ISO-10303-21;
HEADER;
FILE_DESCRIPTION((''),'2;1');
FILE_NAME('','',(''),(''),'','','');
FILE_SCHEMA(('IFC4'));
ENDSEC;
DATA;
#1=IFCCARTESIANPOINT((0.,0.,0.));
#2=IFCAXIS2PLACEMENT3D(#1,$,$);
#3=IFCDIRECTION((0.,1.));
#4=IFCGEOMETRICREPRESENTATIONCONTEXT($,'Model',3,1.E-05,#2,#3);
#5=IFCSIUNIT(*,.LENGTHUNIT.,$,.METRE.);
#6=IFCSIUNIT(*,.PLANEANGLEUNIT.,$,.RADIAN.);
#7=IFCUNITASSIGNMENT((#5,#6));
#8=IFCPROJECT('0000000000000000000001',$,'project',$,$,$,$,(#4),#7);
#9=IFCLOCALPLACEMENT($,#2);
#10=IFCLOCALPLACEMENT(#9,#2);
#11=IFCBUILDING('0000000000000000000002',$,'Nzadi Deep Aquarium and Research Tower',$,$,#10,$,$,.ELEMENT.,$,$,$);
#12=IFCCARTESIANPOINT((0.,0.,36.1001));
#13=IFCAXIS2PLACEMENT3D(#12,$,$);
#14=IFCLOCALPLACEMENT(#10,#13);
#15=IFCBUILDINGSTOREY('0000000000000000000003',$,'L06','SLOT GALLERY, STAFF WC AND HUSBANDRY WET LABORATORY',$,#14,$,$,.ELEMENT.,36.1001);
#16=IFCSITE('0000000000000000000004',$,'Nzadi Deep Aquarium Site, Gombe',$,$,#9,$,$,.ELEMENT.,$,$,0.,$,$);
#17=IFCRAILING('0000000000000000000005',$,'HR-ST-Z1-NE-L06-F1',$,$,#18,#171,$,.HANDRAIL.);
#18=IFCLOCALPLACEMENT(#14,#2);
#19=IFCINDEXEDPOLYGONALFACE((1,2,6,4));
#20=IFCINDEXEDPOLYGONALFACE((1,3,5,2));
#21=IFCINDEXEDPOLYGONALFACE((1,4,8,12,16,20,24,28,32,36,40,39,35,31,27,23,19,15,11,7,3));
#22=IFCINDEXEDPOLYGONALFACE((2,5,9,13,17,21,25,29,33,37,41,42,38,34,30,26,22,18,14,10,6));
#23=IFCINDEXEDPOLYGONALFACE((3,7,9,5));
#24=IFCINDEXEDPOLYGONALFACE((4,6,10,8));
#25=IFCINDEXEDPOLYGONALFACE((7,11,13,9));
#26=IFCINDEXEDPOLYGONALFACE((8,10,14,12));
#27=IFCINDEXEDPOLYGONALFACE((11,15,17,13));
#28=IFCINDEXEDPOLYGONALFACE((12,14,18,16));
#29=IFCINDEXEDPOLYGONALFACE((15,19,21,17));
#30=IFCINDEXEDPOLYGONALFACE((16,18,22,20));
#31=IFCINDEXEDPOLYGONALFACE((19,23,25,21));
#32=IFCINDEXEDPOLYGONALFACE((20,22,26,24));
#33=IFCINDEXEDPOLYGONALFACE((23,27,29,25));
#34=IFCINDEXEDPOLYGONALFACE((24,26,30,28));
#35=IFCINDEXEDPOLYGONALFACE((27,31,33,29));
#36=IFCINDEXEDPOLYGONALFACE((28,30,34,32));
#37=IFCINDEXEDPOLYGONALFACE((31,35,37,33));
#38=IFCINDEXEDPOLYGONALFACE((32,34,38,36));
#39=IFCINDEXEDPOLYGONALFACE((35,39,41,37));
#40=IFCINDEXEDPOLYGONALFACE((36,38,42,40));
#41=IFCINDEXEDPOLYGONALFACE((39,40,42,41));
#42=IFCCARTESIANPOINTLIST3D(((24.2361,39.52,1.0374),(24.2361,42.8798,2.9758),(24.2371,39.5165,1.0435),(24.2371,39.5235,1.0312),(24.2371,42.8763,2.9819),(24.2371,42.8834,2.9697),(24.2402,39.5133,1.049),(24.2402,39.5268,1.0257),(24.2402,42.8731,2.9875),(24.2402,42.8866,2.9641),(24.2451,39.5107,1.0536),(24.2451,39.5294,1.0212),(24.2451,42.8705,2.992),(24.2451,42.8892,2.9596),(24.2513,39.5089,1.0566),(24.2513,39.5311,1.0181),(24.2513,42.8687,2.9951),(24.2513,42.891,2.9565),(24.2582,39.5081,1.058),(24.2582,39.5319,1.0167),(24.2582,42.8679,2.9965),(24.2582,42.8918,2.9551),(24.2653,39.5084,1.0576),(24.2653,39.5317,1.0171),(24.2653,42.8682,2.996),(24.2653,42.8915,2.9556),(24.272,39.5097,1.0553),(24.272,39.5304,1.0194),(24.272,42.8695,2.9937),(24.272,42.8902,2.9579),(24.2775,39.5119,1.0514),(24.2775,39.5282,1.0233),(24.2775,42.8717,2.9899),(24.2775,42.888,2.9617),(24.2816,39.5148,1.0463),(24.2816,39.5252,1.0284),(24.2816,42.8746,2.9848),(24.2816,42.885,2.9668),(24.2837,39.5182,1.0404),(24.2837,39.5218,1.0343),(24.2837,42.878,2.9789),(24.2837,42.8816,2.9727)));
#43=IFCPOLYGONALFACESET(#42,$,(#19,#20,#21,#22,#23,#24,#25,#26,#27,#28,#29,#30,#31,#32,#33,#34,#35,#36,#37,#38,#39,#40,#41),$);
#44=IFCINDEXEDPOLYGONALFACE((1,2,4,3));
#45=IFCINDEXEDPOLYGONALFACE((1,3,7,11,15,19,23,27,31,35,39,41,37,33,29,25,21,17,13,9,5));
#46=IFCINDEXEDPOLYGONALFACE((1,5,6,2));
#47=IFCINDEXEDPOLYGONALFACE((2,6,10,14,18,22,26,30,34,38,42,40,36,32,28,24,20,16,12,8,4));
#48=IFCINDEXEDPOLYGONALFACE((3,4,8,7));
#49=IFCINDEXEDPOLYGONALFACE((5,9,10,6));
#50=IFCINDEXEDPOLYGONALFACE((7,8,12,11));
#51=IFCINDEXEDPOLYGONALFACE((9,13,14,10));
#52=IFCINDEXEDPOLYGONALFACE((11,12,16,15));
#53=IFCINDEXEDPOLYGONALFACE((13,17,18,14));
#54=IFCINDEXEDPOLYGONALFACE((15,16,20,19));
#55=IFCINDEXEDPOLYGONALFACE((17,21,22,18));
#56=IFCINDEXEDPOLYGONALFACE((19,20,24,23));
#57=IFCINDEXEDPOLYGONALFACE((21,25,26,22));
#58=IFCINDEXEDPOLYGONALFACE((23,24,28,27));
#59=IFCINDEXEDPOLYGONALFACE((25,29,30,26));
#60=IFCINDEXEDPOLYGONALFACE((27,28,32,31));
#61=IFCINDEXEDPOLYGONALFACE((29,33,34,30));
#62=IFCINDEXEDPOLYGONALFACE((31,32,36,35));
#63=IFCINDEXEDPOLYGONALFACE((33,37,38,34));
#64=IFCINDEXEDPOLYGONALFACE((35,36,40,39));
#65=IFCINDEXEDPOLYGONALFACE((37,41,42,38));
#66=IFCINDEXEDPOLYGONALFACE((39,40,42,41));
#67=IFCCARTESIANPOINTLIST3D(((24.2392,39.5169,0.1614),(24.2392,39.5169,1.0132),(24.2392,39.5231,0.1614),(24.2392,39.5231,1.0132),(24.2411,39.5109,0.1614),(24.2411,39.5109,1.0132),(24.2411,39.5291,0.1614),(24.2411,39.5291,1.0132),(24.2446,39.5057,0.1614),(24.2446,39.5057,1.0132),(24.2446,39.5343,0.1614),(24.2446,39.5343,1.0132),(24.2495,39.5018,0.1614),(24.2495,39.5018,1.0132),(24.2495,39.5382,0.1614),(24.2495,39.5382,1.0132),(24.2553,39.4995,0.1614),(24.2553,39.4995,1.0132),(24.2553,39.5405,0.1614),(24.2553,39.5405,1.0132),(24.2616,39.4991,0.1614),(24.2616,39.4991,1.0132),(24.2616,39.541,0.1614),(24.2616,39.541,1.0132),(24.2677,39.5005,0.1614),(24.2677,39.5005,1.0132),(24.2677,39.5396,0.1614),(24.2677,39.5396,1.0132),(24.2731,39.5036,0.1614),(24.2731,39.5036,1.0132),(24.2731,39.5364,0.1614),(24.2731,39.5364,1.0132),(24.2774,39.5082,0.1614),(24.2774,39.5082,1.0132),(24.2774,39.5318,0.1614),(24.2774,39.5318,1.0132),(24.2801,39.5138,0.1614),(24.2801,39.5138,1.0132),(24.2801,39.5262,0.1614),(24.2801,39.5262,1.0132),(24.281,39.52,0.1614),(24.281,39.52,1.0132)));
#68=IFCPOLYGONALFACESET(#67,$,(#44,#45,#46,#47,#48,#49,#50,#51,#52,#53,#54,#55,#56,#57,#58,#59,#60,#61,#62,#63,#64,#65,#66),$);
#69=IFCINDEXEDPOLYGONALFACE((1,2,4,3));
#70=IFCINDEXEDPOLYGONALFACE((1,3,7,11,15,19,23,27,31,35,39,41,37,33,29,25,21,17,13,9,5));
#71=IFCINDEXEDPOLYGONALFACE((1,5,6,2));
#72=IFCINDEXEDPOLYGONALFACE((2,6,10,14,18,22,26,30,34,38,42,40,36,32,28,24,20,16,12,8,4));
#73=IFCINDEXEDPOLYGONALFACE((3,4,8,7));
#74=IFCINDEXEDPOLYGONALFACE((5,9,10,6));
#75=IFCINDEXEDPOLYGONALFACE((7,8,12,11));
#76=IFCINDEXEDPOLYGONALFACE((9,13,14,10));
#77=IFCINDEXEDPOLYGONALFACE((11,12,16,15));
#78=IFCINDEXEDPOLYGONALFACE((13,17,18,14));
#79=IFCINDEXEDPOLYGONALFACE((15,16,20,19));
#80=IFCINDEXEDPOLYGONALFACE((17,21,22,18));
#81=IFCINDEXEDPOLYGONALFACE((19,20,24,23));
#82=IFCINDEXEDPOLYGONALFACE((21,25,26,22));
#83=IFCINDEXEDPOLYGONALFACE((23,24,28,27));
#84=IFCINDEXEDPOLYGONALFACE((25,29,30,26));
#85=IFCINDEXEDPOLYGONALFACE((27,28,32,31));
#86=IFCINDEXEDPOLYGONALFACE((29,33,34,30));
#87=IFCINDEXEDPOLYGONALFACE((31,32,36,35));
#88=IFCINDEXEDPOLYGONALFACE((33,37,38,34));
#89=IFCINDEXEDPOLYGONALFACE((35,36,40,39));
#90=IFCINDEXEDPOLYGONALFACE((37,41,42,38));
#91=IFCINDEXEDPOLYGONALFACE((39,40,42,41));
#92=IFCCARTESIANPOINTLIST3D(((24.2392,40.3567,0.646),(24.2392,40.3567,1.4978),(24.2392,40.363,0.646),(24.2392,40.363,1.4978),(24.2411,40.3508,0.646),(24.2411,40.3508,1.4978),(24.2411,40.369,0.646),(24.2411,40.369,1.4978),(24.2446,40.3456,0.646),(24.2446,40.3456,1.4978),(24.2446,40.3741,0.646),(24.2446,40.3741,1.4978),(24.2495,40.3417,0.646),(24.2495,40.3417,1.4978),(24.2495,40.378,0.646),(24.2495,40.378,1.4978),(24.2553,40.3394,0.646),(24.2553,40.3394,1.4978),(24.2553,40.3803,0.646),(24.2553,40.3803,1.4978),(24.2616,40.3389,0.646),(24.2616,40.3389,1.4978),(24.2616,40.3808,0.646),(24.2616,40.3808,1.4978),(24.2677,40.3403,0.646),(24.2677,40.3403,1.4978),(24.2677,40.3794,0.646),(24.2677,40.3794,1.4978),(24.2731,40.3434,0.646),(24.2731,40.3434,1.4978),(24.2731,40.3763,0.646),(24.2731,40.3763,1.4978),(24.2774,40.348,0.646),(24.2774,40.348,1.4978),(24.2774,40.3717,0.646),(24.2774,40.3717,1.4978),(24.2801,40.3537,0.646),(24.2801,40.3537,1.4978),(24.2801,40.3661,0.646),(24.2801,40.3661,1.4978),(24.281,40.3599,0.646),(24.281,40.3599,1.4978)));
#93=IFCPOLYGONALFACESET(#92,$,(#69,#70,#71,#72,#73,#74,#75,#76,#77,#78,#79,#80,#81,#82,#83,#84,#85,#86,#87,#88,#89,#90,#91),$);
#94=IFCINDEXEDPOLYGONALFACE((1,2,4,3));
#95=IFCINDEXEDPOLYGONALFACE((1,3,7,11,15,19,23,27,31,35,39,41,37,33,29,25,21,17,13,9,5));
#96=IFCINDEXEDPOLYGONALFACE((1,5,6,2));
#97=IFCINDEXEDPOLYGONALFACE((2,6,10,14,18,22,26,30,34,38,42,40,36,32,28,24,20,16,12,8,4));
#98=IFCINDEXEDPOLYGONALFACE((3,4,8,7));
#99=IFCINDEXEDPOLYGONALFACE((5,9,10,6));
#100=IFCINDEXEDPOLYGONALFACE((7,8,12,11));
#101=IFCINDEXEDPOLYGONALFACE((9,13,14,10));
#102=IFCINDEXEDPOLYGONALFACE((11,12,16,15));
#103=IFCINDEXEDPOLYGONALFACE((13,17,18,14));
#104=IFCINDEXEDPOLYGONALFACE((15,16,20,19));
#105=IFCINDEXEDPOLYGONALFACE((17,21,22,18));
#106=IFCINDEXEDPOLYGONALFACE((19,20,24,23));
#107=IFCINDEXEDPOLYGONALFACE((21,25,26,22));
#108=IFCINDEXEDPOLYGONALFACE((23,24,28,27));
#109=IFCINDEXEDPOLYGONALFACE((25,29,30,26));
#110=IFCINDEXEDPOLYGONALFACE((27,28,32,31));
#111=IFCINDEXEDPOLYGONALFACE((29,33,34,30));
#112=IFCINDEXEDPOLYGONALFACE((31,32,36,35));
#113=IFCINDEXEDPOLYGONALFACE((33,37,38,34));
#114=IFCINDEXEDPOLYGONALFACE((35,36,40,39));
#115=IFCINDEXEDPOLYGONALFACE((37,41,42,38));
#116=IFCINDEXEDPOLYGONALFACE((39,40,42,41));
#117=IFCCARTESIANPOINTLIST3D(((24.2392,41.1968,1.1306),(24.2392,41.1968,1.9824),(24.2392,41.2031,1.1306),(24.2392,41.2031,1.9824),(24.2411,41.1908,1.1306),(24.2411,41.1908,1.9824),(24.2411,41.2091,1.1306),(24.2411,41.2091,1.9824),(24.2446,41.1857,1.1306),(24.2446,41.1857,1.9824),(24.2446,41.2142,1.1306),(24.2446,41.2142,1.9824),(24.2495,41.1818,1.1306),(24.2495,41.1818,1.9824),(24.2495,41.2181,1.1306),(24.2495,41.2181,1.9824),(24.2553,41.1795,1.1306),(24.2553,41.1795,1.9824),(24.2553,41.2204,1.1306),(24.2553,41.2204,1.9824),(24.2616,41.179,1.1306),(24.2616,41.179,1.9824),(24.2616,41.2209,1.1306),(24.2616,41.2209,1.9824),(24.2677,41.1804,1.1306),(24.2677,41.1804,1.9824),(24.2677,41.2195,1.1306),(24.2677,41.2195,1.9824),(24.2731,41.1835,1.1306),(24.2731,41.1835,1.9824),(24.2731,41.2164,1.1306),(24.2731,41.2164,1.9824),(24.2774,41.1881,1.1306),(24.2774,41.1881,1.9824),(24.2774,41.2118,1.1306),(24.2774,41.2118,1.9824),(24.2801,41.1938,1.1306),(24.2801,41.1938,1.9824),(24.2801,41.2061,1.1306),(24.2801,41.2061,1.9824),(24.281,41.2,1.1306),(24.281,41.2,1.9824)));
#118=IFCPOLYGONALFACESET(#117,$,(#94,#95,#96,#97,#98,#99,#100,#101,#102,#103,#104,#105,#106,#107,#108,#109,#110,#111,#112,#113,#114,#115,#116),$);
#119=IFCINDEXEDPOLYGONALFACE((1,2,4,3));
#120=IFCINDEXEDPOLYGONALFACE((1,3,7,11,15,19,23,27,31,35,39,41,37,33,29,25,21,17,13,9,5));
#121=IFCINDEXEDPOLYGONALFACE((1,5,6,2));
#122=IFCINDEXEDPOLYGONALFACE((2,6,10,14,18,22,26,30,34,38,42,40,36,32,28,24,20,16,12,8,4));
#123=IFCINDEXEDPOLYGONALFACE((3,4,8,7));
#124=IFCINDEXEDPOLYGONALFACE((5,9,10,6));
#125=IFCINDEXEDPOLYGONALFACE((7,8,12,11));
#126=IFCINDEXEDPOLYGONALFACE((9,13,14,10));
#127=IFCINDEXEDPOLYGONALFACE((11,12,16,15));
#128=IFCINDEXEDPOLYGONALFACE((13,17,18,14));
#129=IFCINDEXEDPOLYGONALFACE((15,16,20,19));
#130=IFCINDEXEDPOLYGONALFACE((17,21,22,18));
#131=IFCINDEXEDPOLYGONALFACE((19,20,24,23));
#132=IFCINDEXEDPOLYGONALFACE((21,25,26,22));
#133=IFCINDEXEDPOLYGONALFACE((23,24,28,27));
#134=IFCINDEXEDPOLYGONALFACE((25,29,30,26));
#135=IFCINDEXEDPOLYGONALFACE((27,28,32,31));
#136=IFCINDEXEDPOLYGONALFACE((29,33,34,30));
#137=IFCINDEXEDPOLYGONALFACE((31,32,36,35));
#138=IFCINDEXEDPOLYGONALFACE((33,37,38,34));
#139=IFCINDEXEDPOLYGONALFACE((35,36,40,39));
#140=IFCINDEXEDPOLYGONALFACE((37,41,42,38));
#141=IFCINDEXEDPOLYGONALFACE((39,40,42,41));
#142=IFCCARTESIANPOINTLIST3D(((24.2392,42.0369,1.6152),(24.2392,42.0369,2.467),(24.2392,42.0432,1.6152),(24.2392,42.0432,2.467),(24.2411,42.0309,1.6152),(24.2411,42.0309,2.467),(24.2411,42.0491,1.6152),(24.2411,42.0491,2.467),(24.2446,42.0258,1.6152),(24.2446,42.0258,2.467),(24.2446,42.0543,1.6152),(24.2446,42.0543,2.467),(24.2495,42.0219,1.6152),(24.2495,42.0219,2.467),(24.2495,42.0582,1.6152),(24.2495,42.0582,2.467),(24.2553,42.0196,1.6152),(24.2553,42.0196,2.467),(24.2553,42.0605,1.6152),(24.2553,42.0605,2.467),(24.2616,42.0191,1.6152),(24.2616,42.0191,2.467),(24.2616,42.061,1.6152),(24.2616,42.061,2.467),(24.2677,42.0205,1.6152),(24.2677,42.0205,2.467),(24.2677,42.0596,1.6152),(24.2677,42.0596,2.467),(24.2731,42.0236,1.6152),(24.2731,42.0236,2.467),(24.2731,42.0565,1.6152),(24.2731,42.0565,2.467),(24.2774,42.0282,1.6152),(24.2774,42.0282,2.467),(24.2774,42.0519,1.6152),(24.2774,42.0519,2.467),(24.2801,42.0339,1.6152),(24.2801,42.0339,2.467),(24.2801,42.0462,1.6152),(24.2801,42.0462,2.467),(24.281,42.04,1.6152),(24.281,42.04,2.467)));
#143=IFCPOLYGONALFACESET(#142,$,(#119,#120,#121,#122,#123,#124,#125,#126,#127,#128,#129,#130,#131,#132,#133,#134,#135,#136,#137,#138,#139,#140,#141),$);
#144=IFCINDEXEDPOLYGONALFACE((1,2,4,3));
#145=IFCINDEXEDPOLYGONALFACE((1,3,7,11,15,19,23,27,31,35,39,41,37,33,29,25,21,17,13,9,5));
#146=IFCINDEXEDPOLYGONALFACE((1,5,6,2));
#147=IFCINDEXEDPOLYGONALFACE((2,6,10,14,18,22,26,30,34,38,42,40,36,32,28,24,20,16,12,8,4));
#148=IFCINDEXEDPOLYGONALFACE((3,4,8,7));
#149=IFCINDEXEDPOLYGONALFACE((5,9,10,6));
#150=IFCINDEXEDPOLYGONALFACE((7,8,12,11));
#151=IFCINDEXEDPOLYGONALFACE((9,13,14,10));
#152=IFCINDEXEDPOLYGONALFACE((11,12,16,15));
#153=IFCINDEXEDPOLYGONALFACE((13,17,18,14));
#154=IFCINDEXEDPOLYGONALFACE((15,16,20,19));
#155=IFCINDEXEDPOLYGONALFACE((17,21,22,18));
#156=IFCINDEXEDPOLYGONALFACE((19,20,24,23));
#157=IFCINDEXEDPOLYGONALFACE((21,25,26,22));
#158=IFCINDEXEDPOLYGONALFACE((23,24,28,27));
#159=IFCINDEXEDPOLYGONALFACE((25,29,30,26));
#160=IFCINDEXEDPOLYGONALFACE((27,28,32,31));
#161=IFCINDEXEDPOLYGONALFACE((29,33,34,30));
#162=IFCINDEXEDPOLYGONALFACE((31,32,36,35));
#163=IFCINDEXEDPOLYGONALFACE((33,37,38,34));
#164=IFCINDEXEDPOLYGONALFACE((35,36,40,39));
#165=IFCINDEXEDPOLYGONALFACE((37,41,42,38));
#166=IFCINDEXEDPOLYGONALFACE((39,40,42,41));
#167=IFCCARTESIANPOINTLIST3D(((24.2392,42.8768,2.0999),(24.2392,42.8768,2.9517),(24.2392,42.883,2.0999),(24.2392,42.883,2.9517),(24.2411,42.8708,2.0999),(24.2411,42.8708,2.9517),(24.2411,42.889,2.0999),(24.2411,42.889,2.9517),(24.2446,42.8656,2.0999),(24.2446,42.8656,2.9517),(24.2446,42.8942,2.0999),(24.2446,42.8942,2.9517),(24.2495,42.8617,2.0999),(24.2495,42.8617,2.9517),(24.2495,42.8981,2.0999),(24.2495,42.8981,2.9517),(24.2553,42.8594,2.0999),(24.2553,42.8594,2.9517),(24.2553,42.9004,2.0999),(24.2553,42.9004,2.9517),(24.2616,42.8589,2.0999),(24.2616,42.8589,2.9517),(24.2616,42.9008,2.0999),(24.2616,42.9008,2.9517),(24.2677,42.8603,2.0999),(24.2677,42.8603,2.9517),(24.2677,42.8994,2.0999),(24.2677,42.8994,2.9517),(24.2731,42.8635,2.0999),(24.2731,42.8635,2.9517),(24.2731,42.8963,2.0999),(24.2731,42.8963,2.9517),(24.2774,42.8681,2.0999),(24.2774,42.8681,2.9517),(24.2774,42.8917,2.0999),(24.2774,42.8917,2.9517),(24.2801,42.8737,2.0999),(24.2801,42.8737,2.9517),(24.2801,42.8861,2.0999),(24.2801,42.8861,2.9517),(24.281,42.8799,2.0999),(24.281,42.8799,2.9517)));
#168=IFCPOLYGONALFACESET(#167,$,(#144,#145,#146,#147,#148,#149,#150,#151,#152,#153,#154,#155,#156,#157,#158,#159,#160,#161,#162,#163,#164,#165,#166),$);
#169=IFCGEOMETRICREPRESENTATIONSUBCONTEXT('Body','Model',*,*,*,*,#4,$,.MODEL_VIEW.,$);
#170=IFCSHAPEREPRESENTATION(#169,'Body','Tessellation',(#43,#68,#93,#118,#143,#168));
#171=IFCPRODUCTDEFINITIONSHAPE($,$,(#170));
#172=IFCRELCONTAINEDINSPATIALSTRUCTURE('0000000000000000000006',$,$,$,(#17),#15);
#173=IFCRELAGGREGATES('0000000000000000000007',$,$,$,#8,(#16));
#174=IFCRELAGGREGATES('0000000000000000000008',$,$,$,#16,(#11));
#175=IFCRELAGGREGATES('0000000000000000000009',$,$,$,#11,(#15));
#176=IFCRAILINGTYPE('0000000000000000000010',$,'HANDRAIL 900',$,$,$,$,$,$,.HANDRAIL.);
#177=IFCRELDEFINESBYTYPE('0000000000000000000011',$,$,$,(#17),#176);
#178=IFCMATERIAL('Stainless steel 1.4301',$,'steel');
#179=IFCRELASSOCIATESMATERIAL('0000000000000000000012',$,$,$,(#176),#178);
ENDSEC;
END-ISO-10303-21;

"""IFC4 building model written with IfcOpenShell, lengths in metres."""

from ifc_helpers import new_model, si_unit, direction, frame, origin, origin_2d, place, context, subcontext, project, spatial, circle, extrude, material, type_object, element, save


model = new_model("IFC4")

# Units and contexts
model_context = context("Model", 3, precision=1e-05, world=origin(), true_north=direction((0.0, 1.0)))
body_context = subcontext(model_context, "Body", "Model", "MODEL_VIEW")
ifc_project = project(units=[si_unit("LENGTHUNIT", "METRE"), si_unit("PLANEANGLEUNIT", "RADIAN")], contexts=[model_context])

# Site, building, storey
site_placement = place(None, origin())
site = spatial("IfcSite", under=ifc_project, at=site_placement, Name="Nzadi Deep Aquarium Site, Gombe", CompositionType="ELEMENT", RefElevation=0.0)
building_placement = place(site_placement, origin())
building = spatial("IfcBuilding", under=site, at=building_placement, Name="Nzadi Deep Aquarium and Research Tower", CompositionType="ELEMENT")
storey_placement = place(building_placement, frame((0.0, 0.0, 36.1001)))
storey = spatial("IfcBuildingStorey", under=building, at=storey_placement, Name="L06", Description="SLOT GALLERY, STAFF WC AND HUSBANDRY WET LABORATORY", CompositionType="ELEMENT", Elevation=36.1001)

# Railing
ifc_material_1 = material(Name="Stainless steel 1.4301", Category="steel")
railing_type = type_object("IfcRailingType", Name="HANDRAIL 900", PredefinedType="HANDRAIL", material=ifc_material_1)
for number, where, name in (
    (1, (24.26, 39.52, 0.1614), "HR-ST-Z1-NE-L06-F1"),
):
    element("IfcRailing", number, at=place(storey_placement, frame(where)), inside=storey, type_object=railing_type, Name=name, PredefinedType="HANDRAIL", context=body_context, shape_type="SweptSolid", body=[
        extrude(circle(Radius=0.0239, at=origin_2d()), frame((0.0, 0.0, 0.876), z_axis=(0.0, 0.866175, 0.499741), x_axis=(-1.0, 0.0, 0.0)), (0.0, 0.0, 1.0), 3.8789),
        extrude(circle(Radius=0.021, at=origin_2d()), origin(), (0.0, 0.0, 1.0), 0.8518),
        extrude(circle(Radius=0.021, at=origin_2d()), frame((0.0, 0.8398, 0.4846)), (0.0, 0.0, 1.0), 0.8518),
        extrude(circle(Radius=0.021, at=origin_2d()), frame((0.0, 1.6799, 0.9692)), (0.0, 0.0, 1.0), 0.8518),
        extrude(circle(Radius=0.021, at=origin_2d()), frame((0.0, 2.52, 1.4539)), (0.0, 0.0, 1.0), 0.8518),
        extrude(circle(Radius=0.021, at=origin_2d()), frame((0.0, 3.3599, 1.9385)), (0.0, 0.0, 1.0), 0.8518),
    ])

save(model, "model.ifc")
